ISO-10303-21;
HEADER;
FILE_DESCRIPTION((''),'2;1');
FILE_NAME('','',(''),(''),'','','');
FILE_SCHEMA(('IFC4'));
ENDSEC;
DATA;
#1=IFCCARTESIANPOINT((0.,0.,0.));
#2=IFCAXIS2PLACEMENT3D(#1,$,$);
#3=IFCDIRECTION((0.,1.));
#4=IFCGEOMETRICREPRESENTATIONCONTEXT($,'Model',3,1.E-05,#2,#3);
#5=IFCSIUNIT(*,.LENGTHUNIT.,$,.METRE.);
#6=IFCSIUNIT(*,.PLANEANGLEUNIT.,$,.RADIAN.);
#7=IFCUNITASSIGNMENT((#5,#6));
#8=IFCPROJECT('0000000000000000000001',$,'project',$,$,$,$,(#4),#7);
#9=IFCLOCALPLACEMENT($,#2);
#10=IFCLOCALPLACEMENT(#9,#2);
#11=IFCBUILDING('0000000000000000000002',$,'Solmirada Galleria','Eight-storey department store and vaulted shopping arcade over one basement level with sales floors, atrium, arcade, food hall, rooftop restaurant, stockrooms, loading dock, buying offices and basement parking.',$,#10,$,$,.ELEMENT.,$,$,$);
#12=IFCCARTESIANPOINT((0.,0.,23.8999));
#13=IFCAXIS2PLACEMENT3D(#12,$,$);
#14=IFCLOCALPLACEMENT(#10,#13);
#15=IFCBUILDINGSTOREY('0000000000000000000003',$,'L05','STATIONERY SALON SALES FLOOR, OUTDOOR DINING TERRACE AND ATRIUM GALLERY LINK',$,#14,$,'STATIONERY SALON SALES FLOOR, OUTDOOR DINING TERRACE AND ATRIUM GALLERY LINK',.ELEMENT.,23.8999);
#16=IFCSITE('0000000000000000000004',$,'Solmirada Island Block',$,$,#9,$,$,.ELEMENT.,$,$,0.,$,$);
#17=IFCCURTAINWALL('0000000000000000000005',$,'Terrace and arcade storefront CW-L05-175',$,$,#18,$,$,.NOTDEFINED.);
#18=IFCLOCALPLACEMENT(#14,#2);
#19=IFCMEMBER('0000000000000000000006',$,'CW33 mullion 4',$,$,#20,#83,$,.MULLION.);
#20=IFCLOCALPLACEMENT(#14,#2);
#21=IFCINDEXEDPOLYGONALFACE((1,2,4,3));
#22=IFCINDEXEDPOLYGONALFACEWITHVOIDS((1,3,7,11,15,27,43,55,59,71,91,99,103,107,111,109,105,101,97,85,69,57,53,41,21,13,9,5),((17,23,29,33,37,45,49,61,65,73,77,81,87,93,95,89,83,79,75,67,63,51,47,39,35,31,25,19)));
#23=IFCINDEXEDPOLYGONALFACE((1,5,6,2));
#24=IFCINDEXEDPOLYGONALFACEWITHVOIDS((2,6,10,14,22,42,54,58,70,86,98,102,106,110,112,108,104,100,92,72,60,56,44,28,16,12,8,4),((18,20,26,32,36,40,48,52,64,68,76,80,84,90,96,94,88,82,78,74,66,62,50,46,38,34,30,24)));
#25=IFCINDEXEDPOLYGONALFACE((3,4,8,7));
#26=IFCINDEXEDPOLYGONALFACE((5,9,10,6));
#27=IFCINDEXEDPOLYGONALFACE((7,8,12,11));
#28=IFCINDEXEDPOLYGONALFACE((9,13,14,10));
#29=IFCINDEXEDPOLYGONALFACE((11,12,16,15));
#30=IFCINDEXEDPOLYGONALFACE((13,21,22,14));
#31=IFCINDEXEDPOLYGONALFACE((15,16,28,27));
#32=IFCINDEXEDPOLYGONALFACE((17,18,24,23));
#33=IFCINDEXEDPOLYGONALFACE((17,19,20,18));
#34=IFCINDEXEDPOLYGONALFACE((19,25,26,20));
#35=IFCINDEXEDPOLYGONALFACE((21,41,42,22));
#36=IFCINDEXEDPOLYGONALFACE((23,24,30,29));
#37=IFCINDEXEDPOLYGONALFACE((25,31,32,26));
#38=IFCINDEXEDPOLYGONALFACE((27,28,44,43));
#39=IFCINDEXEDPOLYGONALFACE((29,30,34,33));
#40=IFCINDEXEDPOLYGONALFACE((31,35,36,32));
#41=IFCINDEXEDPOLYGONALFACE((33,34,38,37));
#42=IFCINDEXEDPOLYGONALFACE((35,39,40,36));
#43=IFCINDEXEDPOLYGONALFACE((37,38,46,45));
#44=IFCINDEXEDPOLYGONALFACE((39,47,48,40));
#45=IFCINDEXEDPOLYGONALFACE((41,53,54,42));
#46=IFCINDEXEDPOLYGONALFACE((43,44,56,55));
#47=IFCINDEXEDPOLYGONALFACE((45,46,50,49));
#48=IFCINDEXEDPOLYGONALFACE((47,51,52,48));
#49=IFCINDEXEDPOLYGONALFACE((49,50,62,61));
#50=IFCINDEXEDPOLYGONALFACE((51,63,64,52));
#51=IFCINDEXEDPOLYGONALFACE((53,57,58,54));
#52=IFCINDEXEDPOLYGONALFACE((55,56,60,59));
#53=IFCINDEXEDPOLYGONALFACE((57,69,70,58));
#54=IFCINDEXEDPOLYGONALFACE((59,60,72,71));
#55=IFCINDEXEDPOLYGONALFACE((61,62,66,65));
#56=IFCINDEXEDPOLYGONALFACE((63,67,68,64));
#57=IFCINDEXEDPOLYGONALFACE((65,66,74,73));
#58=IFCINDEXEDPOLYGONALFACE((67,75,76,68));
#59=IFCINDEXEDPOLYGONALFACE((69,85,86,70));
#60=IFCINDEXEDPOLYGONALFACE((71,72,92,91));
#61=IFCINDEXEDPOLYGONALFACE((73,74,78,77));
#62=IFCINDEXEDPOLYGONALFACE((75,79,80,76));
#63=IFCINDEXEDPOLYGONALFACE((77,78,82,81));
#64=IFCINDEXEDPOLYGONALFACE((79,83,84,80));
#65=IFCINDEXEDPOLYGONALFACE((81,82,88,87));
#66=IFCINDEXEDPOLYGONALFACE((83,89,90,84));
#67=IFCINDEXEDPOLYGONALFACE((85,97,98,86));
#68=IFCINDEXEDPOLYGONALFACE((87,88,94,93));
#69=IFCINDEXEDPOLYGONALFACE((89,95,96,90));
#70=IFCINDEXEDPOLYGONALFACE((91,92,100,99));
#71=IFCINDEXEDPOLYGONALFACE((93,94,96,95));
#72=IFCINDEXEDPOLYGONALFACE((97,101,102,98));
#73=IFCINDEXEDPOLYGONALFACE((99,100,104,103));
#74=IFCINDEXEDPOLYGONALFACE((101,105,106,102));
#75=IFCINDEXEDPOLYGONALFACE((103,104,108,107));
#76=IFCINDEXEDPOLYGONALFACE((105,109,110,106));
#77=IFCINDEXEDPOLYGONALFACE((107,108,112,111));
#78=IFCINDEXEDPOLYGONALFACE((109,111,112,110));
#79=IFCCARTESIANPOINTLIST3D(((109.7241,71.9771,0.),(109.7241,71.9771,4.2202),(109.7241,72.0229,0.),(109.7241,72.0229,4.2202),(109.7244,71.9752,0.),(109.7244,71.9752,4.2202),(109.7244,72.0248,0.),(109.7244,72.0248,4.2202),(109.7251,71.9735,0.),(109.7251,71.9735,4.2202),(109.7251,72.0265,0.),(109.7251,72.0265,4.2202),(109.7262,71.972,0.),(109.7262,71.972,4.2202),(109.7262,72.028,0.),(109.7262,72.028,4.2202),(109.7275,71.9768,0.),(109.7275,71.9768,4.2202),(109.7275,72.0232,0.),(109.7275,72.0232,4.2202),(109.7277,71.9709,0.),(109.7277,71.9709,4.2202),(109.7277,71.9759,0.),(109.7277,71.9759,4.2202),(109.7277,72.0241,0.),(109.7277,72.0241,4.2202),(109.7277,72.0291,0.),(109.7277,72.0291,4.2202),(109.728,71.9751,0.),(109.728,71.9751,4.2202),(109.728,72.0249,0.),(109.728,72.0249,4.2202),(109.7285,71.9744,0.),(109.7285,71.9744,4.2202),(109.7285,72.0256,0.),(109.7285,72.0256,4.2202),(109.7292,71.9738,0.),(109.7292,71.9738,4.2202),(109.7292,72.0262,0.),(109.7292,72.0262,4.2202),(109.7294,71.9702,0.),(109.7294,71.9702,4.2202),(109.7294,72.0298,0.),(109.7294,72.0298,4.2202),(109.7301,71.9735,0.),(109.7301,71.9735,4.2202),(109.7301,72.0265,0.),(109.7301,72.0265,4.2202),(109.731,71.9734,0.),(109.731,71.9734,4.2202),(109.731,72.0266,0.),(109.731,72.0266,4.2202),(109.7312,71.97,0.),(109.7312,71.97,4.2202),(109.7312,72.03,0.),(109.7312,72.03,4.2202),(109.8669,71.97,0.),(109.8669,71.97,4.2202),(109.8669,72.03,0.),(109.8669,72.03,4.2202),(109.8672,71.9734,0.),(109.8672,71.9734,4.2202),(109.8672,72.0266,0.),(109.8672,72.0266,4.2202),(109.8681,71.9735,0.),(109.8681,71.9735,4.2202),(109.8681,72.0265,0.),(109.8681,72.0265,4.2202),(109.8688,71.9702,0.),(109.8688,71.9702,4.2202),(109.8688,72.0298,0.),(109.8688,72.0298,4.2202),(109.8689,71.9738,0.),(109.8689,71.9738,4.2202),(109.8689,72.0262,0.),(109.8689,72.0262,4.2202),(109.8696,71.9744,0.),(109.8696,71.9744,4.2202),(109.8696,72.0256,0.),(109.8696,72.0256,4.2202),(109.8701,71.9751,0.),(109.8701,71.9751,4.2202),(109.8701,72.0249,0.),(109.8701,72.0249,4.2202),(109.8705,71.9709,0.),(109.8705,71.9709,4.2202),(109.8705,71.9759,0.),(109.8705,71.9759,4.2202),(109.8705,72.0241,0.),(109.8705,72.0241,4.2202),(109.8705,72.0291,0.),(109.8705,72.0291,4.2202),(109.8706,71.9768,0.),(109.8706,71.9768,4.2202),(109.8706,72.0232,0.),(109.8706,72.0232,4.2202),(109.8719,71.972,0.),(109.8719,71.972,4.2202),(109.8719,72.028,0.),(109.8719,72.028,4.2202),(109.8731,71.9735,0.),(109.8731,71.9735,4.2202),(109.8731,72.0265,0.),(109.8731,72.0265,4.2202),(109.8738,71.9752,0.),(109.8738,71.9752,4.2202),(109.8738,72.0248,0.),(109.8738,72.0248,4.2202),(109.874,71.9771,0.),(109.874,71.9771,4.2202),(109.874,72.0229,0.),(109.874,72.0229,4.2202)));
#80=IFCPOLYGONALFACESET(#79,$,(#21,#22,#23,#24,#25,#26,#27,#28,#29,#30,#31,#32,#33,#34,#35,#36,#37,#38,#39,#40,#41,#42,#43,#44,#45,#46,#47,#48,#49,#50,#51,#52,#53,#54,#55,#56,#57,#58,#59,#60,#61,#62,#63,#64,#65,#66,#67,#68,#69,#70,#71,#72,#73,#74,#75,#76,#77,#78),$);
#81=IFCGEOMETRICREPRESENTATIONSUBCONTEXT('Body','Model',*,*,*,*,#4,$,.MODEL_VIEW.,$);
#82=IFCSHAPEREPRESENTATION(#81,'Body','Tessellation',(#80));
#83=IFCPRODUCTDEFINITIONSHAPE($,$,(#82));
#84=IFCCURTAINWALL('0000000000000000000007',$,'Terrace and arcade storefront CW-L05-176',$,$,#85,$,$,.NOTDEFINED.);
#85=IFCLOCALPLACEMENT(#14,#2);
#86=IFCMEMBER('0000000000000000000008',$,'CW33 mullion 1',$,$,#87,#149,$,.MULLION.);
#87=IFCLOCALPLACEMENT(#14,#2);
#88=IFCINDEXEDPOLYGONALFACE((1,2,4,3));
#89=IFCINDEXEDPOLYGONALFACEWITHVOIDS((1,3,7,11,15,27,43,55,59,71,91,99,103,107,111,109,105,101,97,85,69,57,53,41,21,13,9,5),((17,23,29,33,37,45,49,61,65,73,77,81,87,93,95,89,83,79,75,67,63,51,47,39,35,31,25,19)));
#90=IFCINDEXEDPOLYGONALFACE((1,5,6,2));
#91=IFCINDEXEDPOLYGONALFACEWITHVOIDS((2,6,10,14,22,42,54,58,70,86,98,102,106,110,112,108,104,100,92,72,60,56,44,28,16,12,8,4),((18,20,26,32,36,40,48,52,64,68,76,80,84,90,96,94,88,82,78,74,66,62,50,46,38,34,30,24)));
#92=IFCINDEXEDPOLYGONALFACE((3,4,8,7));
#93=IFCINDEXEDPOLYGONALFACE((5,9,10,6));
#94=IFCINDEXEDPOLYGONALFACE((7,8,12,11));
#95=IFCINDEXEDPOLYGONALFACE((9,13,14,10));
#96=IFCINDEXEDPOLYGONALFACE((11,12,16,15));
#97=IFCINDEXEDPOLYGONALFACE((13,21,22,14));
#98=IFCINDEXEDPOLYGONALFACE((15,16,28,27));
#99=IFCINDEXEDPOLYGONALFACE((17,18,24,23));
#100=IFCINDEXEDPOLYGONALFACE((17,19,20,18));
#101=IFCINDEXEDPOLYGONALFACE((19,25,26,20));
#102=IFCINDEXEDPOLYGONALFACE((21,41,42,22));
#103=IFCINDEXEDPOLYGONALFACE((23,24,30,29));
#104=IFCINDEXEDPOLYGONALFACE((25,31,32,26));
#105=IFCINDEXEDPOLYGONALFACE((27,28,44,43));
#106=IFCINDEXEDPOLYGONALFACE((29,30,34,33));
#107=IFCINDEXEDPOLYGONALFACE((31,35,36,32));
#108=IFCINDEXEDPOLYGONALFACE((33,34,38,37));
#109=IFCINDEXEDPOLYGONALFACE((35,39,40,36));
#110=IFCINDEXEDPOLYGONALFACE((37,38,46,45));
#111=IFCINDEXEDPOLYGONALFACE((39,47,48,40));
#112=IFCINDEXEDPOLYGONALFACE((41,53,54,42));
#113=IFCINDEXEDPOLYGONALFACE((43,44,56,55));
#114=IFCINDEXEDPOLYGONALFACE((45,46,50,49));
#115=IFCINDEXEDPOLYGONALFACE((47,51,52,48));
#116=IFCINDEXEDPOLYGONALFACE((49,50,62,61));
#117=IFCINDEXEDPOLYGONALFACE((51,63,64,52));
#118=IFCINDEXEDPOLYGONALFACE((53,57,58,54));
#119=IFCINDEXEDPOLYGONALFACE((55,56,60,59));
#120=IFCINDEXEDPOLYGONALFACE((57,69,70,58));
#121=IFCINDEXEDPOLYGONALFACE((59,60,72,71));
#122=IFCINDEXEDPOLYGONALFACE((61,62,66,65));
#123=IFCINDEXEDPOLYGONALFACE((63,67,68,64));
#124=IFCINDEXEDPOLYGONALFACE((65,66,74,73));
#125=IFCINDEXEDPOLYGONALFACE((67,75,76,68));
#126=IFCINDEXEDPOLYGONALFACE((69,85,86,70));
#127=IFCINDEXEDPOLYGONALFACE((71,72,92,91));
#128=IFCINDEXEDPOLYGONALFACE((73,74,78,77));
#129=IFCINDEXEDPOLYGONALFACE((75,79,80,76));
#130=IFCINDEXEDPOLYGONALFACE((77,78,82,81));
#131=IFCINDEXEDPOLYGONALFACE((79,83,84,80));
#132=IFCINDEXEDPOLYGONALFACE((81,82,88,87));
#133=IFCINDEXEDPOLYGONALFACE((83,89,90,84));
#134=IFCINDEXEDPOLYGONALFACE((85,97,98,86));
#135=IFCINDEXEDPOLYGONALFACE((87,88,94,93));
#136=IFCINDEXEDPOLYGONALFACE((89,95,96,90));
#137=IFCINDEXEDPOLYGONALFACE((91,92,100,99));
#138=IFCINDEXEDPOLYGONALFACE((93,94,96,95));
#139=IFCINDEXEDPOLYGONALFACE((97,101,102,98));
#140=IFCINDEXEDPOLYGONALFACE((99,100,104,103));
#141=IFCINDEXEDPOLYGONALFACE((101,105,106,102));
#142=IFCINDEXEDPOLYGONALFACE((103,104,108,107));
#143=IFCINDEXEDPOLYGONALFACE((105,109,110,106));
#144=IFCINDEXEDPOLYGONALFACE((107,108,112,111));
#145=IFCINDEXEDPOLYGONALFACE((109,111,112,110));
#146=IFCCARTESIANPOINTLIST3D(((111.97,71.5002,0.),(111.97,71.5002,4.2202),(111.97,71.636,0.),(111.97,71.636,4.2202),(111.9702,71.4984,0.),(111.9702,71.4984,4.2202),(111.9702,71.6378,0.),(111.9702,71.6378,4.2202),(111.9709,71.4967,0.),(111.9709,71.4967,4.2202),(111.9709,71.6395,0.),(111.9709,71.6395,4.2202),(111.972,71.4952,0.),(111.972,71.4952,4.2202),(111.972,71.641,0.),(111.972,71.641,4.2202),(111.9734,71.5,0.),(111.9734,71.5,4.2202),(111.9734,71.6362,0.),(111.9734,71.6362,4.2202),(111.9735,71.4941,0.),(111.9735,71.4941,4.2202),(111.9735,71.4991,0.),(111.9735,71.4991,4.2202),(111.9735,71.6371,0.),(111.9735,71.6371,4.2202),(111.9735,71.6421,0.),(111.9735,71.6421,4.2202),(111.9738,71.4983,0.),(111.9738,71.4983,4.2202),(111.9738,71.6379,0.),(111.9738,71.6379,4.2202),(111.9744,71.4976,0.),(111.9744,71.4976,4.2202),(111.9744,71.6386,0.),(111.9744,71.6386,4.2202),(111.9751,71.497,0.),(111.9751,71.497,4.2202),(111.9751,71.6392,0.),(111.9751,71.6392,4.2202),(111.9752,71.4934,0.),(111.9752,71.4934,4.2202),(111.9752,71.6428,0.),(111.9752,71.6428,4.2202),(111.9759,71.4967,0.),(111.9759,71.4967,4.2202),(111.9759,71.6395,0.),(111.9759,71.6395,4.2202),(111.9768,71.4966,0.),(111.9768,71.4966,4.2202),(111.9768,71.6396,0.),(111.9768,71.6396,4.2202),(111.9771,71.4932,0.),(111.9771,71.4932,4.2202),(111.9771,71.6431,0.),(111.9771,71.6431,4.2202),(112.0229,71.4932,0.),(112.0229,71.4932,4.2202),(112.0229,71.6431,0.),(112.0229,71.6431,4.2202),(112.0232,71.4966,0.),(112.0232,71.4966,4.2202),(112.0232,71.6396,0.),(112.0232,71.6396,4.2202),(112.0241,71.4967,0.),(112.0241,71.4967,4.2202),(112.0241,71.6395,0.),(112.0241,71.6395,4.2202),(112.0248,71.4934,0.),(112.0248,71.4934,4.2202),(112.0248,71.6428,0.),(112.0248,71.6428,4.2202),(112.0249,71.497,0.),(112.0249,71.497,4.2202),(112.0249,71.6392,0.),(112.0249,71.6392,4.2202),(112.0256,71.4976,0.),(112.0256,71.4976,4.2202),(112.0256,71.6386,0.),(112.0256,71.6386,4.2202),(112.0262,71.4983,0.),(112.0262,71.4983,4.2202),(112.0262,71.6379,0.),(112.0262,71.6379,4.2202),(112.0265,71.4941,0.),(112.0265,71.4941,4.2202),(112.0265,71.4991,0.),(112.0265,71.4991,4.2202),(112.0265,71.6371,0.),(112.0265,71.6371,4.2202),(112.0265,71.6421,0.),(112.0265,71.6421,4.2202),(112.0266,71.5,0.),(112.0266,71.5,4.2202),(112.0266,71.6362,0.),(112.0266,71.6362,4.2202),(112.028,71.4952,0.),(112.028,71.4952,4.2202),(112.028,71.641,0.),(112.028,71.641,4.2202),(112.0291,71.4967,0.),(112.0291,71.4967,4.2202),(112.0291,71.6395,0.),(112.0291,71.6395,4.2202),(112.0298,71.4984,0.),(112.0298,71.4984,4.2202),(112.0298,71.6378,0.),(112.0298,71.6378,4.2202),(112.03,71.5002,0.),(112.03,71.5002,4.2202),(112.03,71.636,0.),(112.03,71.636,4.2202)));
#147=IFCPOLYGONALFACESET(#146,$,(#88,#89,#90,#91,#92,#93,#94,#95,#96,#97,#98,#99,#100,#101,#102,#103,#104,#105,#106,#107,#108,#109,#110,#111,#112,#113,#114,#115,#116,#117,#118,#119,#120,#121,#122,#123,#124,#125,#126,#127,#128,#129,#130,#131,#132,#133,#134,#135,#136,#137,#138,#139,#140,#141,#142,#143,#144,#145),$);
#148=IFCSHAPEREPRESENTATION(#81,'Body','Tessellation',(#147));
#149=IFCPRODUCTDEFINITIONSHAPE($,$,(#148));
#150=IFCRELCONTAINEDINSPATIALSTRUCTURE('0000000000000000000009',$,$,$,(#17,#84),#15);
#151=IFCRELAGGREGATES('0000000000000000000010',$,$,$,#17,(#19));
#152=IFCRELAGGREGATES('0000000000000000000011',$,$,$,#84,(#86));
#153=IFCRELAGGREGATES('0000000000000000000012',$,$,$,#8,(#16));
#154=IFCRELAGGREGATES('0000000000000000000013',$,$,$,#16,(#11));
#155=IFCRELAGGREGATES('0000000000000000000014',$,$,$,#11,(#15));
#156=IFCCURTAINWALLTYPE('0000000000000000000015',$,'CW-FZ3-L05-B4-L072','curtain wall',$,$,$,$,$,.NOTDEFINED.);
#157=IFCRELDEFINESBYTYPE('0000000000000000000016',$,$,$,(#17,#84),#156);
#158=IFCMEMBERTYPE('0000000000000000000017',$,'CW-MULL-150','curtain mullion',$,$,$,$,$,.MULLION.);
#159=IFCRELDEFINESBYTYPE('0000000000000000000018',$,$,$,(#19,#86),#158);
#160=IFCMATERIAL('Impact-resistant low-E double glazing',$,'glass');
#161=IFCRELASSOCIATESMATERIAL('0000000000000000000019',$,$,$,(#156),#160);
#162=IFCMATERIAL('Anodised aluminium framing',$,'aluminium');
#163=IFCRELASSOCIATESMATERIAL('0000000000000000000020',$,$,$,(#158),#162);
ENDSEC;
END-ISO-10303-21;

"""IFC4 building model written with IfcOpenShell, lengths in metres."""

from ifc_helpers import new_model, si_unit, direction, frame, origin, origin_2d, place, context, subcontext, project, spatial, hollow_rectangle, extrude, material, material_profile, profile_set, type_object, element, aggregate, save


model = new_model("IFC4")

# Units and contexts
model_context = context("Model", 3, precision=1e-05, world=origin(), true_north=direction((0.0, 1.0)))
body_context = subcontext(model_context, "Body", "Model", "MODEL_VIEW")
ifc_project = project(units=[si_unit("LENGTHUNIT", "METRE"), si_unit("PLANEANGLEUNIT", "RADIAN")], contexts=[model_context])

# Site, building, storey
site_placement = place(None, origin())
site = spatial("IfcSite", under=ifc_project, at=site_placement, Name="Solmirada Island Block", CompositionType="ELEMENT", RefElevation=0.0)
building_placement = place(site_placement, origin())
building = spatial("IfcBuilding", under=site, at=building_placement, Name="Solmirada Galleria", Description="Eight-storey department store and vaulted shopping arcade over one basement level with sales floors, atrium, arcade, food hall, rooftop restaurant, stockrooms, loading dock, buying offices and basement parking.", CompositionType="ELEMENT")
storey_placement = place(building_placement, frame((0.0, 0.0, 23.8999)))
storey = spatial("IfcBuildingStorey", under=building, at=storey_placement, Name="L05", Description="STATIONERY SALON SALES FLOOR, OUTDOOR DINING TERRACE AND ATRIUM GALLERY LINK", LongName="STATIONERY SALON SALES FLOOR, OUTDOOR DINING TERRACE AND ATRIUM GALLERY LINK", CompositionType="ELEMENT", Elevation=23.8999)

# Curtain wall, member
ifc_material_1 = material(Name="Impact-resistant low-E double glazing", Category="glass")
curtain_wall_type = type_object("IfcCurtainWallType", Name="CW-FZ3-L05-B4-L072", Description="curtain wall", PredefinedType="NOTDEFINED", material=ifc_material_1)
curtain_wall_1_placement = place(storey_placement, origin())
curtain_wall_1 = element("IfcCurtainWall", 1, at=curtain_wall_1_placement, inside=storey, type_object=curtain_wall_type, Name="Terrace and arcade storefront CW-L05-175", PredefinedType="NOTDEFINED")
ifc_material_2 = material(Name="Anodised aluminium framing", Category="aluminium")
ifc_material_profile_1 = material_profile(ifc_material_2, hollow_rectangle(XDim=0.0601, YDim=0.1499, WallThickness=0.0034, InnerFilletRadius=0.0034, OuterFilletRadius=0.0071, at=origin_2d()), Name="ALU-MULL-150X60")
ifc_profile_set_1 = profile_set([ifc_material_profile_1], Name="Anodised aluminium framing")
member_type_1 = type_object("IfcMemberType", Name="CW-MULL-150", Description="curtain mullion", PredefinedType="MULLION", material=ifc_profile_set_1)
member_1_placement = place(storey_placement, frame((109.7991, 72.0, 0.0), z_axis=(0.0, 0.0, 1.0), x_axis=(0.0, 1.0, 0.0)))
member_1 = element("IfcMember", 2, at=member_1_placement, type_object=member_type_1, Name="CW33 mullion 4", PredefinedType="MULLION", context=body_context, shape_type="SweptSolid", body=[
    extrude(hollow_rectangle(XDim=0.0601, YDim=0.1499, WallThickness=0.0034, InnerFilletRadius=0.0034, OuterFilletRadius=0.0071, at=origin_2d()), origin(), (0.0, 0.0, 1.0), 4.2202),
])

# Curtain wall, member
curtain_wall_2_placement = place(storey_placement, origin())
curtain_wall_2 = element("IfcCurtainWall", 3, at=curtain_wall_2_placement, inside=storey, type_object=curtain_wall_type, Name="Terrace and arcade storefront CW-L05-176", PredefinedType="NOTDEFINED")
member_2_placement = place(storey_placement, frame((112.0, 71.5681, 0.0), z_axis=(0.0, 0.0, 1.0), x_axis=(1.0, 0.0, 0.0)))
member_2 = element("IfcMember", 4, at=member_2_placement, type_object=member_type_1, Name="CW33 mullion 1", PredefinedType="MULLION", context=body_context, shape_type="SweptSolid", body=[
    extrude(hollow_rectangle(XDim=0.0601, YDim=0.1499, WallThickness=0.0034, InnerFilletRadius=0.0034, OuterFilletRadius=0.0071, at=origin_2d()), origin(), (0.0, 0.0, 1.0), 4.2202),
])

aggregate(curtain_wall_1, [member_1])
aggregate(curtain_wall_2, [member_2])

save(model, "model.ifc")
